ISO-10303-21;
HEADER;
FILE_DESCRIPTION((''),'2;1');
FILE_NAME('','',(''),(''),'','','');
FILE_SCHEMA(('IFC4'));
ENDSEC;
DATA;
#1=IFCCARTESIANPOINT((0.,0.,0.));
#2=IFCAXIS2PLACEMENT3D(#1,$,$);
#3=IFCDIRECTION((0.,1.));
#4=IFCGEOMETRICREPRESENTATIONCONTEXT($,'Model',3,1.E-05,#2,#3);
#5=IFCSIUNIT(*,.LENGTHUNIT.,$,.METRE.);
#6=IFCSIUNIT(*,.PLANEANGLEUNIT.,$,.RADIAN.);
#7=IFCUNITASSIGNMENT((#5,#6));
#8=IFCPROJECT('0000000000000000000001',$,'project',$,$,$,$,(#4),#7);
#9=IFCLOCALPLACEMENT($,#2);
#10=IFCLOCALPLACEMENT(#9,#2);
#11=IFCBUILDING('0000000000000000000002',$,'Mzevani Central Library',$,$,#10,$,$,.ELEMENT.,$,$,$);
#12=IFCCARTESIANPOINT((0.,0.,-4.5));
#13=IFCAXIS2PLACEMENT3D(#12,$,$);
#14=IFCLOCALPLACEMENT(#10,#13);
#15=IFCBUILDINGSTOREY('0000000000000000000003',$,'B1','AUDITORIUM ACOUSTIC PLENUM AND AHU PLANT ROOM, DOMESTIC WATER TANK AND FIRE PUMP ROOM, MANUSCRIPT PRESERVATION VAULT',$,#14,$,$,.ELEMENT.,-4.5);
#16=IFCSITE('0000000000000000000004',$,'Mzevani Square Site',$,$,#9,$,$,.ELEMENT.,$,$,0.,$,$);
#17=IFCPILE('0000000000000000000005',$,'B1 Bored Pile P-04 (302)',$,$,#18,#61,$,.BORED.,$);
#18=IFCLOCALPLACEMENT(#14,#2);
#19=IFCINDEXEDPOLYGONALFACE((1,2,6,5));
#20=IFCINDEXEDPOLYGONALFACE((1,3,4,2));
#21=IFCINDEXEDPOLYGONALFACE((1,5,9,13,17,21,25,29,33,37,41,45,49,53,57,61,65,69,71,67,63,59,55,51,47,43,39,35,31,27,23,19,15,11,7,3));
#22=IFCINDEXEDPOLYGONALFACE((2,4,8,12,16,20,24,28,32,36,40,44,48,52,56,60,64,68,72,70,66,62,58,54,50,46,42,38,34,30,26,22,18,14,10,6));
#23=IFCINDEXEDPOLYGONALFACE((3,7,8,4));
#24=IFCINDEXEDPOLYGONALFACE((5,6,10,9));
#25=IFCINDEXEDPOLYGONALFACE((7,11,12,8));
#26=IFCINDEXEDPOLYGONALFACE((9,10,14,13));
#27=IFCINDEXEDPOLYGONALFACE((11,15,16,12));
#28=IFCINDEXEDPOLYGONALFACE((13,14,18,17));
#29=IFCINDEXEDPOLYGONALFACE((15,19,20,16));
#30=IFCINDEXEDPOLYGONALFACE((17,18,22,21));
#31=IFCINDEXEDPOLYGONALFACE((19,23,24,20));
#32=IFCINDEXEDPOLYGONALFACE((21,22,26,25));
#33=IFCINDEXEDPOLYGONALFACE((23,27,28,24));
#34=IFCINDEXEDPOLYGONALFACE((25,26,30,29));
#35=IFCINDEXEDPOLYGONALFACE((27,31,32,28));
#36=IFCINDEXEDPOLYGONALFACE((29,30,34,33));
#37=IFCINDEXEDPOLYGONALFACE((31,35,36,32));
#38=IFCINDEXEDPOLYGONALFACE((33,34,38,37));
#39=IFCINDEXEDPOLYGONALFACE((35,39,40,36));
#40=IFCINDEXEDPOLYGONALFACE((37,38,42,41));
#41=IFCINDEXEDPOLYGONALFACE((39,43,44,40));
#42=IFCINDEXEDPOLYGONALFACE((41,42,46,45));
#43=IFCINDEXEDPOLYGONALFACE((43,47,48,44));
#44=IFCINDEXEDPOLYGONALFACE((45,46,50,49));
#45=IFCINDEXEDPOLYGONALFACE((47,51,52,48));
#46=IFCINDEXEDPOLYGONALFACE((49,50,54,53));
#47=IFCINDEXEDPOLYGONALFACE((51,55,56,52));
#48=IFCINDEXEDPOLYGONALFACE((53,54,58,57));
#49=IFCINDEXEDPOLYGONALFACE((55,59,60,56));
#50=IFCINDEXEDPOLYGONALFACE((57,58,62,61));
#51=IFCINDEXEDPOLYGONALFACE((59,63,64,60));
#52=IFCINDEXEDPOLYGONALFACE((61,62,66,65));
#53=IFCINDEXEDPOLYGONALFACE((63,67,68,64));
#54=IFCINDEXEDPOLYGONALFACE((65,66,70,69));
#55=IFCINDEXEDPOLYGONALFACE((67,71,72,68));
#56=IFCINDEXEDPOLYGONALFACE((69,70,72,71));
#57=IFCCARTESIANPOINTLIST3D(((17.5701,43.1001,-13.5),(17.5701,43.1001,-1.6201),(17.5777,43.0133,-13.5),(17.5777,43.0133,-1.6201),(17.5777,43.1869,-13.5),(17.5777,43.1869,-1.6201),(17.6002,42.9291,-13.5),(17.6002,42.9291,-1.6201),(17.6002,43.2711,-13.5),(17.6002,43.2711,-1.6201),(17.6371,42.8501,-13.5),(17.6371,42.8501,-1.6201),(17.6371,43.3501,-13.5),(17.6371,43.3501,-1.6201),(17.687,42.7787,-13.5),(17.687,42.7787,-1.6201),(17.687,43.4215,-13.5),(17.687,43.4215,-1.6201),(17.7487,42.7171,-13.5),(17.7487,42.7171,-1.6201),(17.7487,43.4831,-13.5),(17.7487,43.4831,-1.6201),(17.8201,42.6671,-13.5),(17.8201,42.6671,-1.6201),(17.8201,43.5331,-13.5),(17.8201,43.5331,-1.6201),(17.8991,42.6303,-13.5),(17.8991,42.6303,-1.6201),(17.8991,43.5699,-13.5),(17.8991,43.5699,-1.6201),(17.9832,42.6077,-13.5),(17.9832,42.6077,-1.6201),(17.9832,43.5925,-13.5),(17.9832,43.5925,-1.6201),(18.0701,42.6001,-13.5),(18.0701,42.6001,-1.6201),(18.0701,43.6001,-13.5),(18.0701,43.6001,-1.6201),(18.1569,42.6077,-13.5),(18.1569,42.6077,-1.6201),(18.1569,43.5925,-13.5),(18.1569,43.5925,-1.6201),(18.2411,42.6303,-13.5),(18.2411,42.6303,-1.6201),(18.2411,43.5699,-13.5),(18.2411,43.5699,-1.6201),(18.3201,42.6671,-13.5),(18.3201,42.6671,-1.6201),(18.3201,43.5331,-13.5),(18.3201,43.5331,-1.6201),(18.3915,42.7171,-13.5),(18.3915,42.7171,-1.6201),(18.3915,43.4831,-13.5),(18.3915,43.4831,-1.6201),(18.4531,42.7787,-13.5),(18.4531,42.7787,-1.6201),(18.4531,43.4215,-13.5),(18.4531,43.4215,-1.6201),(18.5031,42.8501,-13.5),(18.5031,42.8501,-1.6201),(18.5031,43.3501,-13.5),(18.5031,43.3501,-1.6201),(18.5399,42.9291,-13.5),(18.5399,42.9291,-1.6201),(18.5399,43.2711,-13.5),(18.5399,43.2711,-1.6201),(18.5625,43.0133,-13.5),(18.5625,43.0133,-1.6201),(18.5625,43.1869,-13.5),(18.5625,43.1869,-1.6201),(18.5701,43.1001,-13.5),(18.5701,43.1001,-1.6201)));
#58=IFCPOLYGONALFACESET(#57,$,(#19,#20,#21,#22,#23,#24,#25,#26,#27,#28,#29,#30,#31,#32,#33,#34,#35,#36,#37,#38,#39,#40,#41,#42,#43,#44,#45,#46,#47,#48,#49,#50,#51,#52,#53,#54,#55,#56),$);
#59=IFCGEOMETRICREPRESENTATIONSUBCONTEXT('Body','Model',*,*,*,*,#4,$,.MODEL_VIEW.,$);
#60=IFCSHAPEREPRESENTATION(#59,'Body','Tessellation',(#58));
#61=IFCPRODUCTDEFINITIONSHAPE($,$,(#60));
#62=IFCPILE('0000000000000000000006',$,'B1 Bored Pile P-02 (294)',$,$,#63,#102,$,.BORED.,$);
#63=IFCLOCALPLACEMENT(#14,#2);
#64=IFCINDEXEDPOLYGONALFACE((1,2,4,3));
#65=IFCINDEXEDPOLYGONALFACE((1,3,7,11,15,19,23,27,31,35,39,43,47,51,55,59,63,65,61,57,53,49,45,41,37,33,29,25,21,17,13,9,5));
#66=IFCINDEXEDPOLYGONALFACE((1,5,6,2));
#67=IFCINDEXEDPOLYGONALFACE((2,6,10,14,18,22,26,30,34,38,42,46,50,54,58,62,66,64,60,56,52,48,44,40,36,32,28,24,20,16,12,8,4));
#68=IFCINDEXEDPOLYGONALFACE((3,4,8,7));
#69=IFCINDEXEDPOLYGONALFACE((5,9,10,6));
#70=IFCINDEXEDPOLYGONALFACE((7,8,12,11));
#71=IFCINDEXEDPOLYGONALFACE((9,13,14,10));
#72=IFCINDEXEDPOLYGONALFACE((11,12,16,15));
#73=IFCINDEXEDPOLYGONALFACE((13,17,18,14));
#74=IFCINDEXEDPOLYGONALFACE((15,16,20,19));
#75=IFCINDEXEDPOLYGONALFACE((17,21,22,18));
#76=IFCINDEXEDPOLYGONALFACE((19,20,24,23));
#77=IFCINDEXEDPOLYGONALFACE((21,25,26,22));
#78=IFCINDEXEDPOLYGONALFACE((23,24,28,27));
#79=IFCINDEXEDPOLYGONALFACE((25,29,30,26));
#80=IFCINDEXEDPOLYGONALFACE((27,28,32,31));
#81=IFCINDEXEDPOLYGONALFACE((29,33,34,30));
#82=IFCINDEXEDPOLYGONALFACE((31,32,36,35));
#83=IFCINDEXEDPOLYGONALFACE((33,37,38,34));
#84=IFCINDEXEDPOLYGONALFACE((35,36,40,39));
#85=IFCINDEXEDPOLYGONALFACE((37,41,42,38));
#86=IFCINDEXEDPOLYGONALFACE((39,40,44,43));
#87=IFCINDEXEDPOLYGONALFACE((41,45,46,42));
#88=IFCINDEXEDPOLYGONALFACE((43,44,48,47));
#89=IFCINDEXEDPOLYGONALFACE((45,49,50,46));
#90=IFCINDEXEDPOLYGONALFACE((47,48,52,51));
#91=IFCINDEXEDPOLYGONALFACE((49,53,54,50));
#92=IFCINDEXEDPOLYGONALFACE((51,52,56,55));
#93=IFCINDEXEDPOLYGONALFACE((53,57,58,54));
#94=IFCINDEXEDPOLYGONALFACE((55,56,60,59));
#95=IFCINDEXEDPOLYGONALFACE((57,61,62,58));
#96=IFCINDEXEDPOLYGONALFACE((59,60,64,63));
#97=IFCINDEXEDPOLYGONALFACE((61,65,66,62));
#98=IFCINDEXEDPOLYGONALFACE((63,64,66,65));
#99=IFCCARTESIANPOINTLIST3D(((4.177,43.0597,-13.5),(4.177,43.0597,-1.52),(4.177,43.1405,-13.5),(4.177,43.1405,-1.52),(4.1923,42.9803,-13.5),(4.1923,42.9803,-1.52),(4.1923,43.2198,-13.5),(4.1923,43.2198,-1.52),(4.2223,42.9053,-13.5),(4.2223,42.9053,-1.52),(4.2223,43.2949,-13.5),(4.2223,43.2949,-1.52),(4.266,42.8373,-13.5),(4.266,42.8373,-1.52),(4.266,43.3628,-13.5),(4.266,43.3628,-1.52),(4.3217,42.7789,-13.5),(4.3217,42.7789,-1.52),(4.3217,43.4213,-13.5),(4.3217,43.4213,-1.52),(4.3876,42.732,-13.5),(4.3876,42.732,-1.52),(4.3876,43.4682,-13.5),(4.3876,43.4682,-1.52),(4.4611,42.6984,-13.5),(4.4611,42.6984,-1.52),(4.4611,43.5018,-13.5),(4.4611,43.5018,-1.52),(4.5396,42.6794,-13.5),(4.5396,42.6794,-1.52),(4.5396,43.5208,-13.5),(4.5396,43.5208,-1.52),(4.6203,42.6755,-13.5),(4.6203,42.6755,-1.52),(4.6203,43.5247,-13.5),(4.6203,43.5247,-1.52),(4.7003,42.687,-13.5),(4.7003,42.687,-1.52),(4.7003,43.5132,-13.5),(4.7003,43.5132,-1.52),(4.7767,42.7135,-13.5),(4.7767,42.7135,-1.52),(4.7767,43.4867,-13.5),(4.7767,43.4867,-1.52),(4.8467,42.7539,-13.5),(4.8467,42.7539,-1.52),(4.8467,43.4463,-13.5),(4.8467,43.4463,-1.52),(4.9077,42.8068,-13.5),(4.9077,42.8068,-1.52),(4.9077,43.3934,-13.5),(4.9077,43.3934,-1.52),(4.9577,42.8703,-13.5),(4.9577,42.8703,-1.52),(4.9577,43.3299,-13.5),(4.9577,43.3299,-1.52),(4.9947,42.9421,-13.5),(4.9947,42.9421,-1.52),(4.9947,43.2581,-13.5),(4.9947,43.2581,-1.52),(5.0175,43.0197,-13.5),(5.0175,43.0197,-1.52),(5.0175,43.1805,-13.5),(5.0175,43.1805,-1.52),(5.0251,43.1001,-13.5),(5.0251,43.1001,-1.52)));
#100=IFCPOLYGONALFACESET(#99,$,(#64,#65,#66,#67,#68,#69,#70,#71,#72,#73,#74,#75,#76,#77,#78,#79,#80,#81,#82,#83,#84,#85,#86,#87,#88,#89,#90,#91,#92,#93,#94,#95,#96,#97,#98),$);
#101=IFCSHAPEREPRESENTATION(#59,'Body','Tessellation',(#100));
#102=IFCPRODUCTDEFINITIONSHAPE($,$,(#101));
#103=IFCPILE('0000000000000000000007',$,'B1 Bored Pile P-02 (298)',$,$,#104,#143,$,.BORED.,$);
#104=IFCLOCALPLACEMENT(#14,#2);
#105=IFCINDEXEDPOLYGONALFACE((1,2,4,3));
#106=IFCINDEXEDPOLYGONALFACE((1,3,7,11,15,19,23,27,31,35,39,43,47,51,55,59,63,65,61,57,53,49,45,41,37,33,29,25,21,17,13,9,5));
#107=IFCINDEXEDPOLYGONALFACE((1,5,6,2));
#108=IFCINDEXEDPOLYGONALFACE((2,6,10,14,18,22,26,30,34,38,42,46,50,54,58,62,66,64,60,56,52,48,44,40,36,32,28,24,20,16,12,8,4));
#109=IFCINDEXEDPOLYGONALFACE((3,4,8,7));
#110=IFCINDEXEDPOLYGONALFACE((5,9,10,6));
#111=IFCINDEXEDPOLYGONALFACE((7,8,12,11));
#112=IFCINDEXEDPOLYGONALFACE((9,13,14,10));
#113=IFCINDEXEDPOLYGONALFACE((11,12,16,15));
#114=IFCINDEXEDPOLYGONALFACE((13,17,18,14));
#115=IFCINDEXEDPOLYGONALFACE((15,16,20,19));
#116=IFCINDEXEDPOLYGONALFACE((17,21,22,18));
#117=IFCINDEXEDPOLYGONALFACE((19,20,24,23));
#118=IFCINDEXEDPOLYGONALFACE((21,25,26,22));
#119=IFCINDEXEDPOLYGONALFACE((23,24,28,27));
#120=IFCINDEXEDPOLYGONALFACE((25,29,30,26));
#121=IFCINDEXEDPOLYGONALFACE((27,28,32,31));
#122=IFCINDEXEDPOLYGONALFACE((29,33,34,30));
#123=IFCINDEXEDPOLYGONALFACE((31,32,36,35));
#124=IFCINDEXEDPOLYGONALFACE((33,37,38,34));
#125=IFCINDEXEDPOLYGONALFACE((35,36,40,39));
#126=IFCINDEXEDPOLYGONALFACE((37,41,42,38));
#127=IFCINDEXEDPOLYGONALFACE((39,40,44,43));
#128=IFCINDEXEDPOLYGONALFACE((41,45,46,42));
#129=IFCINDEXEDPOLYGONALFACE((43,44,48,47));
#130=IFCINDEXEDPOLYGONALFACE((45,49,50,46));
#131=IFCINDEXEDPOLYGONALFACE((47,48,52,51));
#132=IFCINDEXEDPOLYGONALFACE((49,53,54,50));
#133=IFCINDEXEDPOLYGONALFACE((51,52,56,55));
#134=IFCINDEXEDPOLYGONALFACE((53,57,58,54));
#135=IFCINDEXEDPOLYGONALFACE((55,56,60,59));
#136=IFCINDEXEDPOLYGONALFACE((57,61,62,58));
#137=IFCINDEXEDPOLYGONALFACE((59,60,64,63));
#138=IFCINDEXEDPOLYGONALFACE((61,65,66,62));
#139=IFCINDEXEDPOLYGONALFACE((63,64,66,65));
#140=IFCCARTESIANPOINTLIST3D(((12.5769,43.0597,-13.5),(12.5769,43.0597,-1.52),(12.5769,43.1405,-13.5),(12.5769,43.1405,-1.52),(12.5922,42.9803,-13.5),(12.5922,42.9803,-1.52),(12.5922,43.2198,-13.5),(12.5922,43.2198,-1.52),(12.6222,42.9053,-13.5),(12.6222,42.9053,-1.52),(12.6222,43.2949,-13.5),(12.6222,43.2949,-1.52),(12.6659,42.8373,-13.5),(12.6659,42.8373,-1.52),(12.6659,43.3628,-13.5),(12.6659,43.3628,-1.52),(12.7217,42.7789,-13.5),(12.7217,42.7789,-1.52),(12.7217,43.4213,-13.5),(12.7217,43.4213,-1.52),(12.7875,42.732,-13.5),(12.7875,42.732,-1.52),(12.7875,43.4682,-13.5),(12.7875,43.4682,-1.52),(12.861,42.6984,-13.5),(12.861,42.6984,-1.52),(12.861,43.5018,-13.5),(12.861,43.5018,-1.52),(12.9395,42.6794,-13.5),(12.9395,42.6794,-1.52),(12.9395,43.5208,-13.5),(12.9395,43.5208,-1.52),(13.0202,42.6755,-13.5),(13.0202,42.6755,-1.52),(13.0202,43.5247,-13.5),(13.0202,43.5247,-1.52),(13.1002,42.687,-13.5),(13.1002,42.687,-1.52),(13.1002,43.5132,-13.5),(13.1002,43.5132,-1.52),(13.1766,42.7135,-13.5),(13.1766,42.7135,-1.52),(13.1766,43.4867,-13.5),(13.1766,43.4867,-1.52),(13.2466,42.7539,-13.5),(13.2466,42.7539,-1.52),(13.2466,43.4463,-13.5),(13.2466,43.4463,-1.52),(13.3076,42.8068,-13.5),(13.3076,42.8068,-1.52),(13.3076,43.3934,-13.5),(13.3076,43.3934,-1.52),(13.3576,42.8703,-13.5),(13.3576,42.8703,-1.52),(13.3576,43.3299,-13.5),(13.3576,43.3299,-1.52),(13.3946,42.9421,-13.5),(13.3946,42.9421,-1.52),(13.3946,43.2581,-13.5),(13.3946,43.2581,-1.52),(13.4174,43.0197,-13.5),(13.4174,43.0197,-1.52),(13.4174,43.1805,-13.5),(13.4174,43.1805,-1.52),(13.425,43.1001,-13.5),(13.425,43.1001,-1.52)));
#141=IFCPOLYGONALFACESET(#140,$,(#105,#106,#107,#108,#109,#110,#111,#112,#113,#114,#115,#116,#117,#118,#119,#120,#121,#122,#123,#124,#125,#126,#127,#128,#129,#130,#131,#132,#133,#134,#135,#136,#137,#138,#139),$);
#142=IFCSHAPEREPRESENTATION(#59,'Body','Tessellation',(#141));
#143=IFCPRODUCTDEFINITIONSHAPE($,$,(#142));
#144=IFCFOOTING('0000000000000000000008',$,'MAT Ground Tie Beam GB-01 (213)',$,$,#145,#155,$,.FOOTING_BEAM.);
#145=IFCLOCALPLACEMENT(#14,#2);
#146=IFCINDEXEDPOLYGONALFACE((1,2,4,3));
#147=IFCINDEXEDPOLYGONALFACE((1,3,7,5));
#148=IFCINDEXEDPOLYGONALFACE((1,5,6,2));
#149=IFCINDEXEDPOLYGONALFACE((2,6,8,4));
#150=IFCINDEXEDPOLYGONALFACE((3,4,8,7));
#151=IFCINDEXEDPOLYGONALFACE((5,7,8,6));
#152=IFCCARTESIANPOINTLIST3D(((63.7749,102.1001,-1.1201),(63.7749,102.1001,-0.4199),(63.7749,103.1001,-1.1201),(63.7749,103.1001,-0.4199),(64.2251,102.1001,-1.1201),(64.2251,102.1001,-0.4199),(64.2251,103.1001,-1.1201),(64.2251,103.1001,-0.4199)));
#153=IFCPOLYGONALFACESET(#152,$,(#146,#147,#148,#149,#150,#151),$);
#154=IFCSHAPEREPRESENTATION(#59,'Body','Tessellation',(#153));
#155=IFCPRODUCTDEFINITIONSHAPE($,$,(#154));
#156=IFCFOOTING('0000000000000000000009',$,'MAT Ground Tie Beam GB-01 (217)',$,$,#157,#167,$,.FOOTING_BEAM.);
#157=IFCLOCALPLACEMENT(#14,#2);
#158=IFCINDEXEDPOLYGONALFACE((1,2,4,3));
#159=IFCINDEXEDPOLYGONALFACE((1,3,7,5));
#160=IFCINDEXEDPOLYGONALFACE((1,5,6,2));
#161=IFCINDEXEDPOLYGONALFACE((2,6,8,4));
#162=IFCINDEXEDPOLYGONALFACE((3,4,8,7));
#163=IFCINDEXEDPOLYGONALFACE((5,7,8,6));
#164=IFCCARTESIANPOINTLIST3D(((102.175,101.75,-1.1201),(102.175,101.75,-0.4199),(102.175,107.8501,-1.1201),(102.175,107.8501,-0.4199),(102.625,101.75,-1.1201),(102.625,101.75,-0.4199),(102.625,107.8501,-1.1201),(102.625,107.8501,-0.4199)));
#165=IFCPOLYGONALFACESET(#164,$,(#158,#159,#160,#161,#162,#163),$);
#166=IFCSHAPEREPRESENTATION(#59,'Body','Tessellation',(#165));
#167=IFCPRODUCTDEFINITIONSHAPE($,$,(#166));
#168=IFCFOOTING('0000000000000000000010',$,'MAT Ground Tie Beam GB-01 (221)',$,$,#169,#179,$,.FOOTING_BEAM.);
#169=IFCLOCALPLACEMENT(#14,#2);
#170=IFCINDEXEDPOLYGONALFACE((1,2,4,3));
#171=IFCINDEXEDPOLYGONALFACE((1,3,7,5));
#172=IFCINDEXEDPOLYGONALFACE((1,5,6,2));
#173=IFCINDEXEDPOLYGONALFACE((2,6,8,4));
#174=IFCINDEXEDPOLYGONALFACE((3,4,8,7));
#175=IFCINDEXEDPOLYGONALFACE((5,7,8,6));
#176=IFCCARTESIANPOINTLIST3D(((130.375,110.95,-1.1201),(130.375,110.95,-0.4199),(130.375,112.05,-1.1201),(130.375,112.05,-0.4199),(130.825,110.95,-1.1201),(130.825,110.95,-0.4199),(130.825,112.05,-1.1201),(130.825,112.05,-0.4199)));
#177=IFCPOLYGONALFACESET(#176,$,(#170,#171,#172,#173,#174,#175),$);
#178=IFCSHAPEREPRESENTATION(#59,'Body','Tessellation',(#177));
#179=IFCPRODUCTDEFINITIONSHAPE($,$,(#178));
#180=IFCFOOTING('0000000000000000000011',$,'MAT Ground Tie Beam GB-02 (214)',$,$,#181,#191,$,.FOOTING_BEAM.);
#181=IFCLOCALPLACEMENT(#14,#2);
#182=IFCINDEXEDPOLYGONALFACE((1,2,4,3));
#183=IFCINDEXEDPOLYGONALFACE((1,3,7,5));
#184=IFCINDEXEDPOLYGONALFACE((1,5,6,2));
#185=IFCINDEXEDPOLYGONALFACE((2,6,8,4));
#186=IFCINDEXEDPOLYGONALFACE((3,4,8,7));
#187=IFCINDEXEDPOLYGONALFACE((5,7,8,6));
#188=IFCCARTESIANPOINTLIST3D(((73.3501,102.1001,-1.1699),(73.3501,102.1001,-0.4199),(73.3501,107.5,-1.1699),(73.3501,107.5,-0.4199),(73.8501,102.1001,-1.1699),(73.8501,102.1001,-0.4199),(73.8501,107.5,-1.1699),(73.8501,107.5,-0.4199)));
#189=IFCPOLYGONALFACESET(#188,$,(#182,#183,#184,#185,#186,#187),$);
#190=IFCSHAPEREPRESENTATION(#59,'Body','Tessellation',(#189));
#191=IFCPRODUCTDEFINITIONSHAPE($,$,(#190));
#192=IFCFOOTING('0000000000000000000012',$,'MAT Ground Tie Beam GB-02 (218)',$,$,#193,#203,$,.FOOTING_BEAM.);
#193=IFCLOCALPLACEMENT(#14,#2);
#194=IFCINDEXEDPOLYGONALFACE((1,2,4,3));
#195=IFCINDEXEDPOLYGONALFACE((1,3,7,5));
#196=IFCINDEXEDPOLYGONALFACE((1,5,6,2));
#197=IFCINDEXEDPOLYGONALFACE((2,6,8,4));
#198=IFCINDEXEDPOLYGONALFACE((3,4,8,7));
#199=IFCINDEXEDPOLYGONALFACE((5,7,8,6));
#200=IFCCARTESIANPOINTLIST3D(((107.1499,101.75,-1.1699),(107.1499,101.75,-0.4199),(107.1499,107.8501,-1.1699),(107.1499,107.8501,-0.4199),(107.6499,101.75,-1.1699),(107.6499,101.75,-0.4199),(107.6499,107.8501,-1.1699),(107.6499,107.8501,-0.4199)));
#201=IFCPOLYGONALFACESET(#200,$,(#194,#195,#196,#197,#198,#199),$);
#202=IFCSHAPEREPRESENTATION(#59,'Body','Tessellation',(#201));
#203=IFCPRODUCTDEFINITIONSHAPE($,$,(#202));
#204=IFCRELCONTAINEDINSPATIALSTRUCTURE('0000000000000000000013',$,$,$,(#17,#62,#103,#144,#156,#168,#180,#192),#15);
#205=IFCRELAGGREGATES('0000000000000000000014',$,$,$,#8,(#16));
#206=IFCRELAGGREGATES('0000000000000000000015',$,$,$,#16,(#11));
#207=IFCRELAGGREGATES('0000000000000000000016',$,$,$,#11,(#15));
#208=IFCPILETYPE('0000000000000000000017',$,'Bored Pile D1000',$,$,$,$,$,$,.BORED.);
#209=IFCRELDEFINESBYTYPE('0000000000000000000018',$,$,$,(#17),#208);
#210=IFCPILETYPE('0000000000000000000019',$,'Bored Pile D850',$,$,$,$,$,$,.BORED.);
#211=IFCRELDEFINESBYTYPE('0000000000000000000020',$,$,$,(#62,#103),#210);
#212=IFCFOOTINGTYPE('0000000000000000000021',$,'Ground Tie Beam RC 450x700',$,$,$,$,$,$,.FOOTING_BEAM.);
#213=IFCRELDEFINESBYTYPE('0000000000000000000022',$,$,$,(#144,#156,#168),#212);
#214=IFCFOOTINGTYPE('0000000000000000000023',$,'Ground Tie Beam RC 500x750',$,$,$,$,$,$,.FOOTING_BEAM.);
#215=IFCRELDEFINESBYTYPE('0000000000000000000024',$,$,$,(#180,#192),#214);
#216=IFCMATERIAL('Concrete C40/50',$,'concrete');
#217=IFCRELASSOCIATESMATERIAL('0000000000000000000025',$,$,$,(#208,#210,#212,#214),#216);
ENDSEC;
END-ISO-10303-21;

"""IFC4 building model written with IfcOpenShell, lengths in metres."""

from ifc_helpers import new_model, si_unit, direction, frame, origin, origin_2d, place, context, subcontext, project, spatial, polyline, circle, outline, extrude, material, material_profile, profile_set, type_object, element, save


model = new_model("IFC4")

# Units and contexts
model_context = context("Model", 3, precision=1e-05, world=origin(), true_north=direction((0.0, 1.0)))
body_context = subcontext(model_context, "Body", "Model", "MODEL_VIEW")
ifc_project = project(units=[si_unit("LENGTHUNIT", "METRE"), si_unit("PLANEANGLEUNIT", "RADIAN")], contexts=[model_context])

# Site, building, storey
site_placement = place(None, origin())
site = spatial("IfcSite", under=ifc_project, at=site_placement, Name="Mzevani Square Site", CompositionType="ELEMENT", RefElevation=0.0)
building_placement = place(site_placement, origin())
building = spatial("IfcBuilding", under=site, at=building_placement, Name="Mzevani Central Library", CompositionType="ELEMENT")
storey_placement = place(building_placement, frame((0.0, 0.0, -4.5)))
storey = spatial("IfcBuildingStorey", under=building, at=storey_placement, Name="B1", Description="AUDITORIUM ACOUSTIC PLENUM AND AHU PLANT ROOM, DOMESTIC WATER TANK AND FIRE PUMP ROOM, MANUSCRIPT PRESERVATION VAULT", CompositionType="ELEMENT", Elevation=-4.5)

# Piles
ifc_material_1 = material(Name="Concrete C40/50", Category="concrete")
ifc_material_profile_1 = material_profile(ifc_material_1, circle(Radius=0.5, at=origin_2d()), Name="PILE D1000")
ifc_profile_set_1 = profile_set([ifc_material_profile_1], Name="Concrete C40/50")
pile_type_1 = type_object("IfcPileType", Name="Bored Pile D1000", PredefinedType="BORED", material=ifc_profile_set_1)
pile_placement = place(storey_placement, frame((18.0701, 43.1001, -1.6201), z_axis=(0.0, 0.0, -1.0), x_axis=(1.0, 0.0, 0.0)))
element("IfcPile", 1, at=pile_placement, inside=storey, type_object=pile_type_1, Name="B1 Bored Pile P-04 (302)", PredefinedType="BORED", context=body_context, shape_type="SweptSolid", body=[
    extrude(circle(Radius=0.5, at=origin_2d()), origin(), (0.0, 0.0, 1.0), 11.8799),
])
ifc_material_profile_2 = material_profile(ifc_material_1, circle(Radius=0.425, at=origin_2d()), Name="PILE D850")
ifc_profile_set_2 = profile_set([ifc_material_profile_2], Name="Concrete C40/50")
pile_type_2 = type_object("IfcPileType", Name="Bored Pile D850", PredefinedType="BORED", material=ifc_profile_set_2)
for number, where, z_axis, x_axis, name in (
    (2, (4.6001, 43.1001, -1.52), (0.0, 0.0, -1.0), (1.0, 0.0, 0.0), "B1 Bored Pile P-02 (294)"),
    (3, (13.0, 43.1001, -1.52), (0.0, 0.0, -1.0), (1.0, 0.0, 0.0), "B1 Bored Pile P-02 (298)"),
):
    element("IfcPile", number, at=place(storey_placement, frame(where, z_axis=z_axis, x_axis=x_axis)), inside=storey, type_object=pile_type_2, Name=name, PredefinedType="BORED", context=body_context, shape_type="SweptSolid", body=[
        extrude(circle(Radius=0.425, at=origin_2d()), origin(), (0.0, 0.0, 1.0), 11.98),
    ])

# Footings
footing_type_1 = type_object("IfcFootingType", Name="Ground Tie Beam RC 450x700", PredefinedType="FOOTING_BEAM", material=ifc_material_1)
footing_1_placement = place(storey_placement, frame((0.0, 0.0, -1.1201)))
element("IfcFooting", 4, at=footing_1_placement, inside=storey, type_object=footing_type_1, Name="MAT Ground Tie Beam GB-01 (213)", PredefinedType="FOOTING_BEAM", context=body_context, shape_type="SweptSolid", body=[
    extrude(outline(polyline([(63.7749, 102.1001), (64.2251, 102.1001), (64.2251, 103.1001), (63.7749, 103.1001), (63.7749, 102.1001)])), origin(), (0.0, 0.0, 1.0), 0.7002),
])
footing_2_placement = place(storey_placement, frame((0.0, 0.0, -1.1201)))
element("IfcFooting", 5, at=footing_2_placement, inside=storey, type_object=footing_type_1, Name="MAT Ground Tie Beam GB-01 (217)", PredefinedType="FOOTING_BEAM", context=body_context, shape_type="SweptSolid", body=[
    extrude(outline(polyline([(102.175, 101.75), (102.625, 101.75), (102.625, 107.8501), (102.175, 107.8501), (102.175, 101.75)])), origin(), (0.0, 0.0, 1.0), 0.7002),
])
footing_3_placement = place(storey_placement, frame((0.0, 0.0, -1.1201)))
element("IfcFooting", 6, at=footing_3_placement, inside=storey, type_object=footing_type_1, Name="MAT Ground Tie Beam GB-01 (221)", PredefinedType="FOOTING_BEAM", context=body_context, shape_type="SweptSolid", body=[
    extrude(outline(polyline([(130.375, 110.95), (130.825, 110.95), (130.825, 112.05), (130.375, 112.05), (130.375, 110.95)])), origin(), (0.0, 0.0, 1.0), 0.7002),
])
footing_type_2 = type_object("IfcFootingType", Name="Ground Tie Beam RC 500x750", PredefinedType="FOOTING_BEAM", material=ifc_material_1)
footing_4_placement = place(storey_placement, frame((0.0, 0.0, -1.1699)))
element("IfcFooting", 7, at=footing_4_placement, inside=storey, type_object=footing_type_2, Name="MAT Ground Tie Beam GB-02 (214)", PredefinedType="FOOTING_BEAM", context=body_context, shape_type="SweptSolid", body=[
    extrude(outline(polyline([(73.3501, 102.1001), (73.8501, 102.1001), (73.8501, 107.5), (73.3501, 107.5), (73.3501, 102.1001)])), origin(), (0.0, 0.0, 1.0), 0.75),
])
footing_5_placement = place(storey_placement, frame((0.0, 0.0, -1.1699)))
element("IfcFooting", 8, at=footing_5_placement, inside=storey, type_object=footing_type_2, Name="MAT Ground Tie Beam GB-02 (218)", PredefinedType="FOOTING_BEAM", context=body_context, shape_type="SweptSolid", body=[
    extrude(outline(polyline([(107.1499, 101.75), (107.6499, 101.75), (107.6499, 107.8501), (107.1499, 107.8501), (107.1499, 101.75)])), origin(), (0.0, 0.0, 1.0), 0.75),
])

save(model, "model.ifc")
